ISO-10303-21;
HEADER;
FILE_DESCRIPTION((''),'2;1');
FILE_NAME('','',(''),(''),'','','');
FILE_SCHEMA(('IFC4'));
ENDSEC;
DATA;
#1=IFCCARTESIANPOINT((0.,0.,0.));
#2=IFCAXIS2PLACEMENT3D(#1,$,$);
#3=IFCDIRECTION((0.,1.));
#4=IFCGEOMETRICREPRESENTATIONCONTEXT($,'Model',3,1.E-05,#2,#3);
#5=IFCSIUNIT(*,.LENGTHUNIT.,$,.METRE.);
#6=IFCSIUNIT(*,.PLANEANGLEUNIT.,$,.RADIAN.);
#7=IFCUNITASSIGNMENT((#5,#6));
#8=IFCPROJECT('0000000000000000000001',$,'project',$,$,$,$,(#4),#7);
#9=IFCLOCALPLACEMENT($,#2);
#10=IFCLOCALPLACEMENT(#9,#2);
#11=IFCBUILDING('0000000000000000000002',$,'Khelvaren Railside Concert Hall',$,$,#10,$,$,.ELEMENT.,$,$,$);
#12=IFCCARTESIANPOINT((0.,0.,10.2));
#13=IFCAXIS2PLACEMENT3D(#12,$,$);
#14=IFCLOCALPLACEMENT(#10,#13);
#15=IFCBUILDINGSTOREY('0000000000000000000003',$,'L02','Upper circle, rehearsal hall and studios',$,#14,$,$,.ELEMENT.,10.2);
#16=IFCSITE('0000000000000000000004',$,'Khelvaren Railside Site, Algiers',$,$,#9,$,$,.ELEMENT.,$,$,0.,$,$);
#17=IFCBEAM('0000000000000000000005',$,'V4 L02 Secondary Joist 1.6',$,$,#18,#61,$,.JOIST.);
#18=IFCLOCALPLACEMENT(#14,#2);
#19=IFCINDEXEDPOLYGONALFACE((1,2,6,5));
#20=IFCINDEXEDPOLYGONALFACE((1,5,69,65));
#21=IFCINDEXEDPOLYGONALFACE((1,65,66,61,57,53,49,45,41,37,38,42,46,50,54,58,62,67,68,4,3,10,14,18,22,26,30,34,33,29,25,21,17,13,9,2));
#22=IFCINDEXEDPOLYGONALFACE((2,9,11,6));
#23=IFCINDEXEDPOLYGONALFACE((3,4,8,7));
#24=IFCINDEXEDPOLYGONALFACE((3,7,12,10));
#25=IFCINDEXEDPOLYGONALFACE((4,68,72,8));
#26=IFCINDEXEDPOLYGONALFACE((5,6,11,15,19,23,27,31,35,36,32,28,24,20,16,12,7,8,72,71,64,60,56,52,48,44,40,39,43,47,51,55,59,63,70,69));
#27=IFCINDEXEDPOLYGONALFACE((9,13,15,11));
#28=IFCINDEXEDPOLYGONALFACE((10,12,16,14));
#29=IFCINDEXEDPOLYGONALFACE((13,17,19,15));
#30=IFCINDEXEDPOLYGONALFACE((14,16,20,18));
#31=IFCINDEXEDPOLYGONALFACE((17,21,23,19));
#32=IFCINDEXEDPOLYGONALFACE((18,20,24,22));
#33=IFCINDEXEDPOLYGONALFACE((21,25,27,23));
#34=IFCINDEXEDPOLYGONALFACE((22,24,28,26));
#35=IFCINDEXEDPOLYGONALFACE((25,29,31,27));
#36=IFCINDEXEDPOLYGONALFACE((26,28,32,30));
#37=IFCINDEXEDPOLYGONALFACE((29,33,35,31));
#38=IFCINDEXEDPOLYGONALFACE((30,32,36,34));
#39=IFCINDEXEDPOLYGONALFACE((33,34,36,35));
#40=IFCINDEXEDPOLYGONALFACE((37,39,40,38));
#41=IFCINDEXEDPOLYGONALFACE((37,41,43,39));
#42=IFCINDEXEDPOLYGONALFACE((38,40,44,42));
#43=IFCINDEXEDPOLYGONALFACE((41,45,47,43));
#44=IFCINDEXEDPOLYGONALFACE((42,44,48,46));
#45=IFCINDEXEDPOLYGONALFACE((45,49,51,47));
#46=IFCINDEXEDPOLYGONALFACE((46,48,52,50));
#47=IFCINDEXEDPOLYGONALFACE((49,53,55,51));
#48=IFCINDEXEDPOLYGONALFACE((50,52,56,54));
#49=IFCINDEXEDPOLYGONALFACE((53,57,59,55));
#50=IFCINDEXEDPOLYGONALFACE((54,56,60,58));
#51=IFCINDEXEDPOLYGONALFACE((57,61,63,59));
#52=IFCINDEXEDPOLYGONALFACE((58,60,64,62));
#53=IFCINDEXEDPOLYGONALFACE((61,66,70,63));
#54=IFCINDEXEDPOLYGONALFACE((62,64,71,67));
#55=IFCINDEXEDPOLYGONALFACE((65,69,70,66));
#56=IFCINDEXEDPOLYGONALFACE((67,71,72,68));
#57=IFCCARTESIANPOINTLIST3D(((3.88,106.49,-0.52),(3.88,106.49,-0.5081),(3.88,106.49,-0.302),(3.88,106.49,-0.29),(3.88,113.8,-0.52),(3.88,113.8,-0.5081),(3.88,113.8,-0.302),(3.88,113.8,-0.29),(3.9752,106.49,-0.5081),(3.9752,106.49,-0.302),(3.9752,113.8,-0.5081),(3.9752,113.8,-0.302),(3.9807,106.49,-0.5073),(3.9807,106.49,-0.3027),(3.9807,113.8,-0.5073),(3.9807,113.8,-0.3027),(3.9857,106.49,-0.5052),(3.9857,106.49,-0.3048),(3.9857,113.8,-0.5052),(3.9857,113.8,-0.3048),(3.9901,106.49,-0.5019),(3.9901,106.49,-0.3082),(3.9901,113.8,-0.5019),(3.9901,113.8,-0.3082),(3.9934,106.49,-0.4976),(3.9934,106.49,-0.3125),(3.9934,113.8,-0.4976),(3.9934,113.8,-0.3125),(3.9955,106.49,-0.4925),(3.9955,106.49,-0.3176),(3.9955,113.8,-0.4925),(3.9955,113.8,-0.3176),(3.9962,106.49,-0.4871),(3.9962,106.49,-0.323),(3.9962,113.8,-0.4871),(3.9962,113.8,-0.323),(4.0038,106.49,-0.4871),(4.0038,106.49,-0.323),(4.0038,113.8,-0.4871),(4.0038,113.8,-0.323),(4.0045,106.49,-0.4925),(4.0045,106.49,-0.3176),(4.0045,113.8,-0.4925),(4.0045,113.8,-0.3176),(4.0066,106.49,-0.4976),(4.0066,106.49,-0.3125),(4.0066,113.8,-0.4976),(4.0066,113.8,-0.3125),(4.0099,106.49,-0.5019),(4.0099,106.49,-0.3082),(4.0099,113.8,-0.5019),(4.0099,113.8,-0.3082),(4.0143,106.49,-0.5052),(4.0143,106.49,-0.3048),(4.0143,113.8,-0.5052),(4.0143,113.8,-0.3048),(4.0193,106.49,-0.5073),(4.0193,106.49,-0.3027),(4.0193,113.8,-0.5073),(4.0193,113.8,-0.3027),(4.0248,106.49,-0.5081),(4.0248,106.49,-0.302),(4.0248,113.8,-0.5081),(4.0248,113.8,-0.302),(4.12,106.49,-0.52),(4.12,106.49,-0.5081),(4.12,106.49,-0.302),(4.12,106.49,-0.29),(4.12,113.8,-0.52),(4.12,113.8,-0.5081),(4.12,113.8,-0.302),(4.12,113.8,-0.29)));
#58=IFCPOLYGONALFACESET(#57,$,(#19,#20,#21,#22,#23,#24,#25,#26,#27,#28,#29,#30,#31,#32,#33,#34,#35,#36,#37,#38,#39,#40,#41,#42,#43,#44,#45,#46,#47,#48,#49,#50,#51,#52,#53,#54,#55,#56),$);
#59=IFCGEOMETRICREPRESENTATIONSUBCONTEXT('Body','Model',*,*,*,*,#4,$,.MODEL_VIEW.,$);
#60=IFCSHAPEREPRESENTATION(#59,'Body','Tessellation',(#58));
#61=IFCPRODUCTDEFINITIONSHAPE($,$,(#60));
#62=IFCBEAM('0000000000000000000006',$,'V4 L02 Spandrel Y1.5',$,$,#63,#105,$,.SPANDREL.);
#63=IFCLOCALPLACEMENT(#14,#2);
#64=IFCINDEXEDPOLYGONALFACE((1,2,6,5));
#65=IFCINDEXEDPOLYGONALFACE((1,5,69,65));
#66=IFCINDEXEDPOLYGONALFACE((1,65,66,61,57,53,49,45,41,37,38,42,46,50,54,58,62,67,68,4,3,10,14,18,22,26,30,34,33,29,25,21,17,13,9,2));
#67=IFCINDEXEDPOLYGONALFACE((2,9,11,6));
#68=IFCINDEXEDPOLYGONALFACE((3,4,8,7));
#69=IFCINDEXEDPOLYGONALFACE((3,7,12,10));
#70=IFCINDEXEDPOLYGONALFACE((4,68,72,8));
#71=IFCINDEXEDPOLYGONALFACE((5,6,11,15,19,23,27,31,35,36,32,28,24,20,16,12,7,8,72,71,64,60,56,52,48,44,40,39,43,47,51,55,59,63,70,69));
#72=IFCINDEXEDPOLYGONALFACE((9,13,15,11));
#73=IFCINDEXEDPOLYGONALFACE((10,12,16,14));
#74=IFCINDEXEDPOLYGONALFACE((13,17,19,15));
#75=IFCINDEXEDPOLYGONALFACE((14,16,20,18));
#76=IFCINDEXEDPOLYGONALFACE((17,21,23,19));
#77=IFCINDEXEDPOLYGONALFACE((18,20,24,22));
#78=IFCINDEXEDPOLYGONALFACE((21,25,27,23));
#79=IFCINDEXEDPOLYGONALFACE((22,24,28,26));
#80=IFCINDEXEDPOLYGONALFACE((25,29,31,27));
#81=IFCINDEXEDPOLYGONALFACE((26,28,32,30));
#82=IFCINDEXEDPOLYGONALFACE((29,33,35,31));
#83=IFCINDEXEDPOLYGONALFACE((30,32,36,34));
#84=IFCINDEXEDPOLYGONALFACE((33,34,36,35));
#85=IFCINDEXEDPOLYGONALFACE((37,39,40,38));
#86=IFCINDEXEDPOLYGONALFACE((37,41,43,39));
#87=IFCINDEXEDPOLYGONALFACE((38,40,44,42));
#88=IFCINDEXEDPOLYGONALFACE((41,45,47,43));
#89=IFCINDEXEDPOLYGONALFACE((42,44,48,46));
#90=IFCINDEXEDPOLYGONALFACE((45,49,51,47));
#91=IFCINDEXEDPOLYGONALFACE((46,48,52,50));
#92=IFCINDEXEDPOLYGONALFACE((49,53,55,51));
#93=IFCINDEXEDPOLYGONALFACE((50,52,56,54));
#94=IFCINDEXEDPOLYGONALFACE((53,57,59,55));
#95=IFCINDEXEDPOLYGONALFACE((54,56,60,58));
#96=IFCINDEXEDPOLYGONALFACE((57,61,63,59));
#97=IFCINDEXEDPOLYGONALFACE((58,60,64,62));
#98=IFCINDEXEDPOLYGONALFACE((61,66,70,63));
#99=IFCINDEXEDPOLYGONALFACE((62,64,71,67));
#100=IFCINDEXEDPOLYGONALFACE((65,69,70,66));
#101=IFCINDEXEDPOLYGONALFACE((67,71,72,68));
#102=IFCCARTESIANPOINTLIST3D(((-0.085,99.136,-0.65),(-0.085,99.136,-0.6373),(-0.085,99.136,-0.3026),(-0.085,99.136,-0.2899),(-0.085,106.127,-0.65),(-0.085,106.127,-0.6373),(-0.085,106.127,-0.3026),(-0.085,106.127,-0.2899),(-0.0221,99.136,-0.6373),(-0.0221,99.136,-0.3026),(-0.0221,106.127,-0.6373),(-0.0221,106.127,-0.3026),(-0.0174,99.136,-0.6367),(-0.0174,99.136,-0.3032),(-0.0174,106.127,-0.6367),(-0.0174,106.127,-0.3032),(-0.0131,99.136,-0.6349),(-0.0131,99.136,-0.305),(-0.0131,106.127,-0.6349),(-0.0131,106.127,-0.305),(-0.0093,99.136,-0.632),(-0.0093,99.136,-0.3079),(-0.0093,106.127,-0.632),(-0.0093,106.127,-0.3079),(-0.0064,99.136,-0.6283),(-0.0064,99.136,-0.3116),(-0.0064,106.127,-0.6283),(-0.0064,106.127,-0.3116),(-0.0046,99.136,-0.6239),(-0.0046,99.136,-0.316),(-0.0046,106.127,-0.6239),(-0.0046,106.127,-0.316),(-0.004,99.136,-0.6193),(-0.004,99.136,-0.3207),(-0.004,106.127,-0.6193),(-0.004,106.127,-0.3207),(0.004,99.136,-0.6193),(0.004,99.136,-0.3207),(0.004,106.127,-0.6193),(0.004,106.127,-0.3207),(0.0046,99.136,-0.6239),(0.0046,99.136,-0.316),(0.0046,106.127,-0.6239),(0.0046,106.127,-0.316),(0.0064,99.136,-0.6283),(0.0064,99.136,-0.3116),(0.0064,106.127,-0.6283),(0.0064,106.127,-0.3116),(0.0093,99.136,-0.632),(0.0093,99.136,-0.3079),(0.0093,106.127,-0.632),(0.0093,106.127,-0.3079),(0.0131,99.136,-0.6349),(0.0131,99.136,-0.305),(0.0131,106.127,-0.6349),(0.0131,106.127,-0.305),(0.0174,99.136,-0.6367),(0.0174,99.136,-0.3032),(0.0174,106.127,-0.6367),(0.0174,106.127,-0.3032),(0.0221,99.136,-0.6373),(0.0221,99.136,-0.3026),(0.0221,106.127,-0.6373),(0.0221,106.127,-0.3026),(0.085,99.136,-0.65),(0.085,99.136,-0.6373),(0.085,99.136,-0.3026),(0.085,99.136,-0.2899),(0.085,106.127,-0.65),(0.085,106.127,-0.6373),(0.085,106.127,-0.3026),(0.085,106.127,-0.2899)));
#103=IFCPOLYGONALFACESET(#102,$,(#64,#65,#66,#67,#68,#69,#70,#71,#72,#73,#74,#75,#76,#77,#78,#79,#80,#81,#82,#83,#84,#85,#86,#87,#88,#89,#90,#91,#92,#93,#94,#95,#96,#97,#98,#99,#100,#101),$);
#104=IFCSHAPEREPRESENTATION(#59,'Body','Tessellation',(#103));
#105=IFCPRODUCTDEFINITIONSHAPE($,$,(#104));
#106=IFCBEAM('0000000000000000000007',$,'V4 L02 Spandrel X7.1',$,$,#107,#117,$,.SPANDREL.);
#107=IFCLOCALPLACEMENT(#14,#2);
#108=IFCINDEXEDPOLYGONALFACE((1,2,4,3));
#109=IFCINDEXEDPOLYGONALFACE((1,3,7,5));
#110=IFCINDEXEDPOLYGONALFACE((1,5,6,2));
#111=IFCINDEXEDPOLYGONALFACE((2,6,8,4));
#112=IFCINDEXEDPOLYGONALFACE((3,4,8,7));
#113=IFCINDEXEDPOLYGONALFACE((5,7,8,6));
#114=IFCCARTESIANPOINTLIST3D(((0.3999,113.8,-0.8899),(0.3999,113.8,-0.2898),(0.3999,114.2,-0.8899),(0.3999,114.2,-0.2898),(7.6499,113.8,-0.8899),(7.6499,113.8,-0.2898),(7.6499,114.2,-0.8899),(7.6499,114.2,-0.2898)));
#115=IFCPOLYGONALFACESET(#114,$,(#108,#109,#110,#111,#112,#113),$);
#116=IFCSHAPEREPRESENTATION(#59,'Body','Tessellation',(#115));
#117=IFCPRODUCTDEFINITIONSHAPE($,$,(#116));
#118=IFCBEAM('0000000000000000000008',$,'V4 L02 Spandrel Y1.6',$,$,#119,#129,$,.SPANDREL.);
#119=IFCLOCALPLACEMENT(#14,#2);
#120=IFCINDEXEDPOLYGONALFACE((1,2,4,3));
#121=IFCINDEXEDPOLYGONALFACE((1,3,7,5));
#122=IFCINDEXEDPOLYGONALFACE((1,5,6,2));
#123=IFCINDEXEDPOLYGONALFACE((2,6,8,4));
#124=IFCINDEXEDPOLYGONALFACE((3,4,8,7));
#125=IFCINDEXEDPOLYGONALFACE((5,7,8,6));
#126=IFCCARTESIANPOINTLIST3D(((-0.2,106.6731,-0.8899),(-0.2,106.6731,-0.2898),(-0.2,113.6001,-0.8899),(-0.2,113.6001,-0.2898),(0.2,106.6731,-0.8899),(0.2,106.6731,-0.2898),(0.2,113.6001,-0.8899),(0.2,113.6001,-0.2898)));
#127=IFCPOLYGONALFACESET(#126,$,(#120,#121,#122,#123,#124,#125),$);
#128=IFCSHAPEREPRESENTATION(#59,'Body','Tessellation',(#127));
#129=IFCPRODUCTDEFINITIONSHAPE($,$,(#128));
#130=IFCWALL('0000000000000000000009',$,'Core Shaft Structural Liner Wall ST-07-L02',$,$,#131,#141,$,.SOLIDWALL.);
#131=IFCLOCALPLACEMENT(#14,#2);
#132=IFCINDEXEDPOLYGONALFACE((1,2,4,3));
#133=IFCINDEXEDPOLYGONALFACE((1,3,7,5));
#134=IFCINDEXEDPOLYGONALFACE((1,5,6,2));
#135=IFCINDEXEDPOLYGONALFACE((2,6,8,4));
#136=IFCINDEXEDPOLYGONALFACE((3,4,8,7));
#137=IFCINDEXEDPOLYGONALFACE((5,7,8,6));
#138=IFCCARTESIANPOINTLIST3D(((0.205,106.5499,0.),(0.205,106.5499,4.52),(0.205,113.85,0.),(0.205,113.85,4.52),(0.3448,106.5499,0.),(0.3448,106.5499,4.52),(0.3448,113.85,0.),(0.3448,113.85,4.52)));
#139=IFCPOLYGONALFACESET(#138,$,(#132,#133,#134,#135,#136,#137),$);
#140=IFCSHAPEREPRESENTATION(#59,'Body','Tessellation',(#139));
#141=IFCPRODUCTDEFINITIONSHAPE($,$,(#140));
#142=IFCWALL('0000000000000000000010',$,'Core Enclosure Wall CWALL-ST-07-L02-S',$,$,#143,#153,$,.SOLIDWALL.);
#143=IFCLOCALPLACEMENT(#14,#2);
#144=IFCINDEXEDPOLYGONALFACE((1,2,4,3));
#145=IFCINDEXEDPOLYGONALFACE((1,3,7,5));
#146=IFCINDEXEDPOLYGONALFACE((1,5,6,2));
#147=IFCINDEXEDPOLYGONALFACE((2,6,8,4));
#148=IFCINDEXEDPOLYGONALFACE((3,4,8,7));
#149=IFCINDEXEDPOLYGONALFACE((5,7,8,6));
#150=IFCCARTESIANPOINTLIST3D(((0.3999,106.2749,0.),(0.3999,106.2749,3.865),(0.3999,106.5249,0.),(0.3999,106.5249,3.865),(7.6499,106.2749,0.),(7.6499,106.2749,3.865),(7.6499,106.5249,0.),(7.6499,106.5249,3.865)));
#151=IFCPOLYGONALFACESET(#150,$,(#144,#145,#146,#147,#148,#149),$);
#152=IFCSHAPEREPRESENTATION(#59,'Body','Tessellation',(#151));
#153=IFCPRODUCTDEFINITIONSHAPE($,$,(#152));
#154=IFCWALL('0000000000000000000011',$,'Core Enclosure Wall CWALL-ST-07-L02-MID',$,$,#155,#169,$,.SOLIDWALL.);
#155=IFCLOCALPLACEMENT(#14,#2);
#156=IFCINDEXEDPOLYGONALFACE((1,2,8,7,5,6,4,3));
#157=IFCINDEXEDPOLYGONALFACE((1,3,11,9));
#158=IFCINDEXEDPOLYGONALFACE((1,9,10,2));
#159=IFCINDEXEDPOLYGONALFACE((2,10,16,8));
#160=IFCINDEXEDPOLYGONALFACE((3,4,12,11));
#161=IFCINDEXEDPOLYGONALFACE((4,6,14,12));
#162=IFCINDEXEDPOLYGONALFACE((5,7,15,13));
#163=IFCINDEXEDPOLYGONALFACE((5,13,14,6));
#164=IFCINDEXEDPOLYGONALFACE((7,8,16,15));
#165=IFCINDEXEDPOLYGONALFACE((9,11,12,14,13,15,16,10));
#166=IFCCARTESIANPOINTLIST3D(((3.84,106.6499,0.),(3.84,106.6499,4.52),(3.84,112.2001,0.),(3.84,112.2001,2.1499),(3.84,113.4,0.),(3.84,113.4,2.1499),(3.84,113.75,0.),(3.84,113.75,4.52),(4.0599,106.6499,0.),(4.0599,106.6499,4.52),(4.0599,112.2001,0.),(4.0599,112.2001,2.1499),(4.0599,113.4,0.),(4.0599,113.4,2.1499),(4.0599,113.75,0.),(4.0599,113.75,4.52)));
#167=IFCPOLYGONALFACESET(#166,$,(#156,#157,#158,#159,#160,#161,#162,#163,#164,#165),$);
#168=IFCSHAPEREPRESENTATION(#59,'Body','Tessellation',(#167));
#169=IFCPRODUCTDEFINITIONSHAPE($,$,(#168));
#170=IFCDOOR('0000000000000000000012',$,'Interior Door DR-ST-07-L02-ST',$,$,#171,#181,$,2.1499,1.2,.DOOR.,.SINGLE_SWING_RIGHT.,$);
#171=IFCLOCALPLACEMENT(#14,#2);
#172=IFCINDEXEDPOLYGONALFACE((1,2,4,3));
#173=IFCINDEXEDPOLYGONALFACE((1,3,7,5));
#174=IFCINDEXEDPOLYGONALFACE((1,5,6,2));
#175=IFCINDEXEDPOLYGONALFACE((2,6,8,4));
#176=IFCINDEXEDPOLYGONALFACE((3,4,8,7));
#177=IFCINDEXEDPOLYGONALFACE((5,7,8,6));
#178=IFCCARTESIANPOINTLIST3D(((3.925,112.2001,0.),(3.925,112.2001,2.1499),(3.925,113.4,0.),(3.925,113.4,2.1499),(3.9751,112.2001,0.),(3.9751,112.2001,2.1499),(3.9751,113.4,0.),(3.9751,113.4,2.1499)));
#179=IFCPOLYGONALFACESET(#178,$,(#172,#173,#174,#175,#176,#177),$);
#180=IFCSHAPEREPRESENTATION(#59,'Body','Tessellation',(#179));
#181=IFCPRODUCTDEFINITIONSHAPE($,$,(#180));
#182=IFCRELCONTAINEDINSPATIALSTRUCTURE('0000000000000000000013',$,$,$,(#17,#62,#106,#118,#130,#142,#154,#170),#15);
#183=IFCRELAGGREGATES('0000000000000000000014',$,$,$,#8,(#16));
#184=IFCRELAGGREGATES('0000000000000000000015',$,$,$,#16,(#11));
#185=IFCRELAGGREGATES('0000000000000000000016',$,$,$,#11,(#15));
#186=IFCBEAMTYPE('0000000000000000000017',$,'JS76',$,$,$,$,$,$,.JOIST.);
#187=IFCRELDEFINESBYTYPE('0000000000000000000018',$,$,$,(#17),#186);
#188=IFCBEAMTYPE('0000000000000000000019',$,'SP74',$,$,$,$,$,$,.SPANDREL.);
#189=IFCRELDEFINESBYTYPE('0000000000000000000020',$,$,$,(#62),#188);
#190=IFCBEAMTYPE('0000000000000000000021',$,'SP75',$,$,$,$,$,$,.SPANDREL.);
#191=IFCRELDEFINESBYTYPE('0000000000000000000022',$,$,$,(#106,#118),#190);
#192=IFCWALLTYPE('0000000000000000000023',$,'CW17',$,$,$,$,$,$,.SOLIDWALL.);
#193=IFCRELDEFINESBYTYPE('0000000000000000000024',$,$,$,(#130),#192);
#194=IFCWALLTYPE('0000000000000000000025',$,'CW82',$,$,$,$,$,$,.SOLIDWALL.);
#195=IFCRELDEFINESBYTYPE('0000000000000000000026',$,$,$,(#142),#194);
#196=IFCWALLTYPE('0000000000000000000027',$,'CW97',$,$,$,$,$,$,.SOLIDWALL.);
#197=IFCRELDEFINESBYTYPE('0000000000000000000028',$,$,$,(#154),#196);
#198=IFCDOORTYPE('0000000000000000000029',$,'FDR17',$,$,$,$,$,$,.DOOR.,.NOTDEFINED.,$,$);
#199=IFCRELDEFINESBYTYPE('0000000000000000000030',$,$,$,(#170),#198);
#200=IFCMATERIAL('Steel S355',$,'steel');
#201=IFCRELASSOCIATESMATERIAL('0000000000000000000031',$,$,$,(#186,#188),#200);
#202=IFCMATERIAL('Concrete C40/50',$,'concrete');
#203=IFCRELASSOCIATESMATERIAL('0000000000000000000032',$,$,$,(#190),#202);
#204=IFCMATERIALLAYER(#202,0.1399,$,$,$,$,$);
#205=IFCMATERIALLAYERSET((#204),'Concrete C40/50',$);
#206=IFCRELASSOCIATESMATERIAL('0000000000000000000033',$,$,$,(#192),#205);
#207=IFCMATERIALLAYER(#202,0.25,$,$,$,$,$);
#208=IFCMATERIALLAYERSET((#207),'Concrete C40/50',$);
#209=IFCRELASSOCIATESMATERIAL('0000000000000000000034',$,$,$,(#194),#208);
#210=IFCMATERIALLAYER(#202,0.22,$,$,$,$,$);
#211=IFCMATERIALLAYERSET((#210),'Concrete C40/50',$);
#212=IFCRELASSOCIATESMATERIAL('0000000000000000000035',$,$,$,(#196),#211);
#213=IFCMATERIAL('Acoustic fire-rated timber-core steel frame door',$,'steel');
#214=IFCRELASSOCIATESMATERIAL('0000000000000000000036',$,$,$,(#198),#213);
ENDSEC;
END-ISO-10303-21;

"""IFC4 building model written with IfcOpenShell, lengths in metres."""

from ifc_helpers import new_model, si_unit, direction, frame, frame_2d, origin, origin_2d, place, context, subcontext, project, spatial, rectangle, i_section, extrude, material, layer, layer_set, material_profile, profile_set, type_object, element, fill, save


model = new_model("IFC4")

# Units and contexts
model_context = context("Model", 3, precision=1e-05, world=origin(), true_north=direction((0.0, 1.0)))
body_context = subcontext(model_context, "Body", "Model", "MODEL_VIEW")
ifc_project = project(units=[si_unit("LENGTHUNIT", "METRE"), si_unit("PLANEANGLEUNIT", "RADIAN")], contexts=[model_context])

# Site, building, storey
site_placement = place(None, origin())
site = spatial("IfcSite", under=ifc_project, at=site_placement, Name="Khelvaren Railside Site, Algiers", CompositionType="ELEMENT", RefElevation=0.0)
building_placement = place(site_placement, origin())
building = spatial("IfcBuilding", under=site, at=building_placement, Name="Khelvaren Railside Concert Hall", CompositionType="ELEMENT")
storey_placement = place(building_placement, frame((0.0, 0.0, 10.2)))
storey = spatial("IfcBuildingStorey", under=building, at=storey_placement, Name="L02", Description="Upper circle, rehearsal hall and studios", CompositionType="ELEMENT", Elevation=10.2)

# Beams
ifc_material_1 = material(Name="Steel S355", Category="steel")
ifc_material_2 = material(Name="Concrete C40/50", Category="concrete")
ifc_material_profile_1 = material_profile(ifc_material_1, i_section(OverallWidth=0.24, OverallDepth=0.23, WebThickness=0.0076, FlangeThickness=0.012, FilletRadius=0.021, at=origin_2d()), Name="HEA 240")
ifc_profile_set_1 = profile_set([ifc_material_profile_1], Name="Steel S355")
beam_type_1 = type_object("IfcBeamType", Name="JS76", PredefinedType="JOIST", material=ifc_profile_set_1)
beam_1_placement = place(storey_placement, frame((4.0, 106.49, -0.405), z_axis=(0.0, 1.0, 0.0), x_axis=(-1.0, 0.0, 0.0)))
element("IfcBeam", 1, at=beam_1_placement, inside=storey, type_object=beam_type_1, Name="V4 L02 Secondary Joist 1.6", PredefinedType="JOIST", context=body_context, shape_type="SweptSolid", body=[
    extrude(i_section(OverallWidth=0.24, OverallDepth=0.23, WebThickness=0.0076, FlangeThickness=0.012, FilletRadius=0.021, at=origin_2d()), origin(), (0.0, 0.0, 1.0), 7.3101),
])
ifc_material_profile_2 = material_profile(ifc_material_1, i_section(OverallWidth=0.1699, OverallDepth=0.3601, WebThickness=0.0081, FlangeThickness=0.0127, FilletRadius=0.0181, at=origin_2d()), Name="IPE 360")
ifc_profile_set_2 = profile_set([ifc_material_profile_2], Name="Steel S355")
beam_type_2 = type_object("IfcBeamType", Name="SP74", PredefinedType="SPANDREL", material=ifc_profile_set_2)
beam_2_placement = place(storey_placement, frame((0.0, 99.136, -0.47), z_axis=(0.0, 1.0, 0.0), x_axis=(-1.0, 0.0, 0.0)))
element("IfcBeam", 2, at=beam_2_placement, inside=storey, type_object=beam_type_2, Name="V4 L02 Spandrel Y1.5", PredefinedType="SPANDREL", context=body_context, shape_type="SweptSolid", body=[
    extrude(i_section(OverallWidth=0.1699, OverallDepth=0.3601, WebThickness=0.0081, FlangeThickness=0.0127, FilletRadius=0.0181, at=origin_2d()), origin(), (0.0, 0.0, 1.0), 6.991),
])
ifc_material_profile_3 = material_profile(ifc_material_2, rectangle(XDim=0.3999, YDim=0.6001, at=origin_2d()), Name="RCB 400x600")
ifc_profile_set_3 = profile_set([ifc_material_profile_3], Name="Concrete C40/50")
beam_type_3 = type_object("IfcBeamType", Name="SP75", PredefinedType="SPANDREL", material=ifc_profile_set_3)
beam_3_placement = place(storey_placement, frame((0.3999, 114.0, -0.5898), z_axis=(1.0, 0.0, 0.0), x_axis=(0.0, 1.0, 0.0)))
element("IfcBeam", 3, at=beam_3_placement, inside=storey, type_object=beam_type_3, Name="V4 L02 Spandrel X7.1", PredefinedType="SPANDREL", context=body_context, shape_type="SweptSolid", body=[
    extrude(rectangle(XDim=0.3999, YDim=0.6001, at=origin_2d()), origin(), (0.0, 0.0, 1.0), 7.25),
])
beam_4_placement = place(storey_placement, frame((0.0, 106.6731, -0.5898), z_axis=(0.0, 1.0, 0.0), x_axis=(-1.0, 0.0, 0.0)))
element("IfcBeam", 4, at=beam_4_placement, inside=storey, type_object=beam_type_3, Name="V4 L02 Spandrel Y1.6", PredefinedType="SPANDREL", context=body_context, shape_type="SweptSolid", body=[
    extrude(rectangle(XDim=0.3999, YDim=0.6001, at=origin_2d()), origin(), (0.0, 0.0, 1.0), 6.927),
])

# Walls
ifc_layer_1 = layer(ifc_material_2, 0.1399)
ifc_layer_set_1 = layer_set([ifc_layer_1], Name="Concrete C40/50")
wall_type_1 = type_object("IfcWallType", Name="CW17", PredefinedType="SOLIDWALL", material=ifc_layer_set_1)
wall_1_placement = place(storey_placement, frame((0.2749, 106.55, 0.0), z_axis=(0.0, 0.0, 1.0), x_axis=(0.0, 1.0, 0.0)))
element("IfcWall", 5, at=wall_1_placement, inside=storey, type_object=wall_type_1, Name="Core Shaft Structural Liner Wall ST-07-L02", PredefinedType="SOLIDWALL", context=body_context, shape_type="SweptSolid", body=[
    extrude(rectangle(XDim=7.3, YDim=0.1399, at=frame_2d((3.6499, 0.0))), origin(), (0.0, 0.0, 1.0), 4.52),
])
ifc_layer_2 = layer(ifc_material_2, 0.25)
ifc_layer_set_2 = layer_set([ifc_layer_2], Name="Concrete C40/50")
wall_type_2 = type_object("IfcWallType", Name="CW82", PredefinedType="SOLIDWALL", material=ifc_layer_set_2)
wall_2_placement = place(storey_placement, frame((0.3999, 106.3999, 0.0), z_axis=(0.0, 0.0, 1.0), x_axis=(1.0, 0.0, 0.0)))
element("IfcWall", 6, at=wall_2_placement, inside=storey, type_object=wall_type_2, Name="Core Enclosure Wall CWALL-ST-07-L02-S", PredefinedType="SOLIDWALL", context=body_context, shape_type="SweptSolid", body=[
    extrude(rectangle(XDim=7.25, YDim=0.25, at=frame_2d((3.625, 0.0))), origin(), (0.0, 0.0, 1.0), 3.865),
])

# Wall, opening, door
ifc_layer_3 = layer(ifc_material_2, 0.22)
ifc_layer_set_3 = layer_set([ifc_layer_3], Name="Concrete C40/50")
wall_type_3 = type_object("IfcWallType", Name="CW97", PredefinedType="SOLIDWALL", material=ifc_layer_set_3)
wall_3_placement = place(storey_placement, frame((3.95, 106.6499, 0.0), z_axis=(0.0, 0.0, 1.0), x_axis=(0.0, 1.0, 0.0)))
wall_3 = element("IfcWall", 7, at=wall_3_placement, inside=storey, type_object=wall_type_3, Name="Core Enclosure Wall CWALL-ST-07-L02-MID", PredefinedType="SOLIDWALL", context=body_context, shape_type="SweptSolid", body=[
    extrude(rectangle(XDim=7.1001, YDim=0.22, at=frame_2d((3.55, 0.0))), origin(), (0.0, 0.0, 1.0), 4.52),
])
opening_1_placement = place(wall_3_placement, frame((5.55, 0.0, 0.0)))
opening_1 = element("IfcOpeningElement", 8, at=opening_1_placement, cuts=wall_3, PredefinedType="OPENING", context=body_context, shape_type="SweptSolid", body=[
    extrude(rectangle(XDim=1.2, YDim=2.1499, at=frame_2d((0.6001, 1.075))), frame((0.0, 0.1199, 0.0), z_axis=(0.0, -1.0, 0.0), x_axis=(1.0, 0.0, 0.0)), (0.0, 0.0, 1.0), 0.24),
])
ifc_material_3 = material(Name="Acoustic fire-rated timber-core steel frame door", Category="steel")
door_type_1 = type_object("IfcDoorType", Name="FDR17", OperationType="NOTDEFINED", PredefinedType="DOOR", material=ifc_material_3)
door_1_placement = place(opening_1_placement, origin())
door_1 = element("IfcDoor", 9, at=door_1_placement, inside=storey, type_object=door_type_1, Name="Interior Door DR-ST-07-L02-ST", OperationType="SINGLE_SWING_RIGHT", OverallHeight=2.1499, OverallWidth=1.2, PredefinedType="DOOR", context=body_context, shape_type="SweptSolid", body=[
    extrude(rectangle(XDim=1.2, YDim=2.1499, at=frame_2d((0.6001, 1.075))), frame((0.0, 0.0249, 0.0), z_axis=(0.0, -1.0, 0.0), x_axis=(1.0, 0.0, 0.0)), (0.0, 0.0, 1.0), 0.05),
])
fill(opening_1, door_1)

save(model, "model.ifc")
